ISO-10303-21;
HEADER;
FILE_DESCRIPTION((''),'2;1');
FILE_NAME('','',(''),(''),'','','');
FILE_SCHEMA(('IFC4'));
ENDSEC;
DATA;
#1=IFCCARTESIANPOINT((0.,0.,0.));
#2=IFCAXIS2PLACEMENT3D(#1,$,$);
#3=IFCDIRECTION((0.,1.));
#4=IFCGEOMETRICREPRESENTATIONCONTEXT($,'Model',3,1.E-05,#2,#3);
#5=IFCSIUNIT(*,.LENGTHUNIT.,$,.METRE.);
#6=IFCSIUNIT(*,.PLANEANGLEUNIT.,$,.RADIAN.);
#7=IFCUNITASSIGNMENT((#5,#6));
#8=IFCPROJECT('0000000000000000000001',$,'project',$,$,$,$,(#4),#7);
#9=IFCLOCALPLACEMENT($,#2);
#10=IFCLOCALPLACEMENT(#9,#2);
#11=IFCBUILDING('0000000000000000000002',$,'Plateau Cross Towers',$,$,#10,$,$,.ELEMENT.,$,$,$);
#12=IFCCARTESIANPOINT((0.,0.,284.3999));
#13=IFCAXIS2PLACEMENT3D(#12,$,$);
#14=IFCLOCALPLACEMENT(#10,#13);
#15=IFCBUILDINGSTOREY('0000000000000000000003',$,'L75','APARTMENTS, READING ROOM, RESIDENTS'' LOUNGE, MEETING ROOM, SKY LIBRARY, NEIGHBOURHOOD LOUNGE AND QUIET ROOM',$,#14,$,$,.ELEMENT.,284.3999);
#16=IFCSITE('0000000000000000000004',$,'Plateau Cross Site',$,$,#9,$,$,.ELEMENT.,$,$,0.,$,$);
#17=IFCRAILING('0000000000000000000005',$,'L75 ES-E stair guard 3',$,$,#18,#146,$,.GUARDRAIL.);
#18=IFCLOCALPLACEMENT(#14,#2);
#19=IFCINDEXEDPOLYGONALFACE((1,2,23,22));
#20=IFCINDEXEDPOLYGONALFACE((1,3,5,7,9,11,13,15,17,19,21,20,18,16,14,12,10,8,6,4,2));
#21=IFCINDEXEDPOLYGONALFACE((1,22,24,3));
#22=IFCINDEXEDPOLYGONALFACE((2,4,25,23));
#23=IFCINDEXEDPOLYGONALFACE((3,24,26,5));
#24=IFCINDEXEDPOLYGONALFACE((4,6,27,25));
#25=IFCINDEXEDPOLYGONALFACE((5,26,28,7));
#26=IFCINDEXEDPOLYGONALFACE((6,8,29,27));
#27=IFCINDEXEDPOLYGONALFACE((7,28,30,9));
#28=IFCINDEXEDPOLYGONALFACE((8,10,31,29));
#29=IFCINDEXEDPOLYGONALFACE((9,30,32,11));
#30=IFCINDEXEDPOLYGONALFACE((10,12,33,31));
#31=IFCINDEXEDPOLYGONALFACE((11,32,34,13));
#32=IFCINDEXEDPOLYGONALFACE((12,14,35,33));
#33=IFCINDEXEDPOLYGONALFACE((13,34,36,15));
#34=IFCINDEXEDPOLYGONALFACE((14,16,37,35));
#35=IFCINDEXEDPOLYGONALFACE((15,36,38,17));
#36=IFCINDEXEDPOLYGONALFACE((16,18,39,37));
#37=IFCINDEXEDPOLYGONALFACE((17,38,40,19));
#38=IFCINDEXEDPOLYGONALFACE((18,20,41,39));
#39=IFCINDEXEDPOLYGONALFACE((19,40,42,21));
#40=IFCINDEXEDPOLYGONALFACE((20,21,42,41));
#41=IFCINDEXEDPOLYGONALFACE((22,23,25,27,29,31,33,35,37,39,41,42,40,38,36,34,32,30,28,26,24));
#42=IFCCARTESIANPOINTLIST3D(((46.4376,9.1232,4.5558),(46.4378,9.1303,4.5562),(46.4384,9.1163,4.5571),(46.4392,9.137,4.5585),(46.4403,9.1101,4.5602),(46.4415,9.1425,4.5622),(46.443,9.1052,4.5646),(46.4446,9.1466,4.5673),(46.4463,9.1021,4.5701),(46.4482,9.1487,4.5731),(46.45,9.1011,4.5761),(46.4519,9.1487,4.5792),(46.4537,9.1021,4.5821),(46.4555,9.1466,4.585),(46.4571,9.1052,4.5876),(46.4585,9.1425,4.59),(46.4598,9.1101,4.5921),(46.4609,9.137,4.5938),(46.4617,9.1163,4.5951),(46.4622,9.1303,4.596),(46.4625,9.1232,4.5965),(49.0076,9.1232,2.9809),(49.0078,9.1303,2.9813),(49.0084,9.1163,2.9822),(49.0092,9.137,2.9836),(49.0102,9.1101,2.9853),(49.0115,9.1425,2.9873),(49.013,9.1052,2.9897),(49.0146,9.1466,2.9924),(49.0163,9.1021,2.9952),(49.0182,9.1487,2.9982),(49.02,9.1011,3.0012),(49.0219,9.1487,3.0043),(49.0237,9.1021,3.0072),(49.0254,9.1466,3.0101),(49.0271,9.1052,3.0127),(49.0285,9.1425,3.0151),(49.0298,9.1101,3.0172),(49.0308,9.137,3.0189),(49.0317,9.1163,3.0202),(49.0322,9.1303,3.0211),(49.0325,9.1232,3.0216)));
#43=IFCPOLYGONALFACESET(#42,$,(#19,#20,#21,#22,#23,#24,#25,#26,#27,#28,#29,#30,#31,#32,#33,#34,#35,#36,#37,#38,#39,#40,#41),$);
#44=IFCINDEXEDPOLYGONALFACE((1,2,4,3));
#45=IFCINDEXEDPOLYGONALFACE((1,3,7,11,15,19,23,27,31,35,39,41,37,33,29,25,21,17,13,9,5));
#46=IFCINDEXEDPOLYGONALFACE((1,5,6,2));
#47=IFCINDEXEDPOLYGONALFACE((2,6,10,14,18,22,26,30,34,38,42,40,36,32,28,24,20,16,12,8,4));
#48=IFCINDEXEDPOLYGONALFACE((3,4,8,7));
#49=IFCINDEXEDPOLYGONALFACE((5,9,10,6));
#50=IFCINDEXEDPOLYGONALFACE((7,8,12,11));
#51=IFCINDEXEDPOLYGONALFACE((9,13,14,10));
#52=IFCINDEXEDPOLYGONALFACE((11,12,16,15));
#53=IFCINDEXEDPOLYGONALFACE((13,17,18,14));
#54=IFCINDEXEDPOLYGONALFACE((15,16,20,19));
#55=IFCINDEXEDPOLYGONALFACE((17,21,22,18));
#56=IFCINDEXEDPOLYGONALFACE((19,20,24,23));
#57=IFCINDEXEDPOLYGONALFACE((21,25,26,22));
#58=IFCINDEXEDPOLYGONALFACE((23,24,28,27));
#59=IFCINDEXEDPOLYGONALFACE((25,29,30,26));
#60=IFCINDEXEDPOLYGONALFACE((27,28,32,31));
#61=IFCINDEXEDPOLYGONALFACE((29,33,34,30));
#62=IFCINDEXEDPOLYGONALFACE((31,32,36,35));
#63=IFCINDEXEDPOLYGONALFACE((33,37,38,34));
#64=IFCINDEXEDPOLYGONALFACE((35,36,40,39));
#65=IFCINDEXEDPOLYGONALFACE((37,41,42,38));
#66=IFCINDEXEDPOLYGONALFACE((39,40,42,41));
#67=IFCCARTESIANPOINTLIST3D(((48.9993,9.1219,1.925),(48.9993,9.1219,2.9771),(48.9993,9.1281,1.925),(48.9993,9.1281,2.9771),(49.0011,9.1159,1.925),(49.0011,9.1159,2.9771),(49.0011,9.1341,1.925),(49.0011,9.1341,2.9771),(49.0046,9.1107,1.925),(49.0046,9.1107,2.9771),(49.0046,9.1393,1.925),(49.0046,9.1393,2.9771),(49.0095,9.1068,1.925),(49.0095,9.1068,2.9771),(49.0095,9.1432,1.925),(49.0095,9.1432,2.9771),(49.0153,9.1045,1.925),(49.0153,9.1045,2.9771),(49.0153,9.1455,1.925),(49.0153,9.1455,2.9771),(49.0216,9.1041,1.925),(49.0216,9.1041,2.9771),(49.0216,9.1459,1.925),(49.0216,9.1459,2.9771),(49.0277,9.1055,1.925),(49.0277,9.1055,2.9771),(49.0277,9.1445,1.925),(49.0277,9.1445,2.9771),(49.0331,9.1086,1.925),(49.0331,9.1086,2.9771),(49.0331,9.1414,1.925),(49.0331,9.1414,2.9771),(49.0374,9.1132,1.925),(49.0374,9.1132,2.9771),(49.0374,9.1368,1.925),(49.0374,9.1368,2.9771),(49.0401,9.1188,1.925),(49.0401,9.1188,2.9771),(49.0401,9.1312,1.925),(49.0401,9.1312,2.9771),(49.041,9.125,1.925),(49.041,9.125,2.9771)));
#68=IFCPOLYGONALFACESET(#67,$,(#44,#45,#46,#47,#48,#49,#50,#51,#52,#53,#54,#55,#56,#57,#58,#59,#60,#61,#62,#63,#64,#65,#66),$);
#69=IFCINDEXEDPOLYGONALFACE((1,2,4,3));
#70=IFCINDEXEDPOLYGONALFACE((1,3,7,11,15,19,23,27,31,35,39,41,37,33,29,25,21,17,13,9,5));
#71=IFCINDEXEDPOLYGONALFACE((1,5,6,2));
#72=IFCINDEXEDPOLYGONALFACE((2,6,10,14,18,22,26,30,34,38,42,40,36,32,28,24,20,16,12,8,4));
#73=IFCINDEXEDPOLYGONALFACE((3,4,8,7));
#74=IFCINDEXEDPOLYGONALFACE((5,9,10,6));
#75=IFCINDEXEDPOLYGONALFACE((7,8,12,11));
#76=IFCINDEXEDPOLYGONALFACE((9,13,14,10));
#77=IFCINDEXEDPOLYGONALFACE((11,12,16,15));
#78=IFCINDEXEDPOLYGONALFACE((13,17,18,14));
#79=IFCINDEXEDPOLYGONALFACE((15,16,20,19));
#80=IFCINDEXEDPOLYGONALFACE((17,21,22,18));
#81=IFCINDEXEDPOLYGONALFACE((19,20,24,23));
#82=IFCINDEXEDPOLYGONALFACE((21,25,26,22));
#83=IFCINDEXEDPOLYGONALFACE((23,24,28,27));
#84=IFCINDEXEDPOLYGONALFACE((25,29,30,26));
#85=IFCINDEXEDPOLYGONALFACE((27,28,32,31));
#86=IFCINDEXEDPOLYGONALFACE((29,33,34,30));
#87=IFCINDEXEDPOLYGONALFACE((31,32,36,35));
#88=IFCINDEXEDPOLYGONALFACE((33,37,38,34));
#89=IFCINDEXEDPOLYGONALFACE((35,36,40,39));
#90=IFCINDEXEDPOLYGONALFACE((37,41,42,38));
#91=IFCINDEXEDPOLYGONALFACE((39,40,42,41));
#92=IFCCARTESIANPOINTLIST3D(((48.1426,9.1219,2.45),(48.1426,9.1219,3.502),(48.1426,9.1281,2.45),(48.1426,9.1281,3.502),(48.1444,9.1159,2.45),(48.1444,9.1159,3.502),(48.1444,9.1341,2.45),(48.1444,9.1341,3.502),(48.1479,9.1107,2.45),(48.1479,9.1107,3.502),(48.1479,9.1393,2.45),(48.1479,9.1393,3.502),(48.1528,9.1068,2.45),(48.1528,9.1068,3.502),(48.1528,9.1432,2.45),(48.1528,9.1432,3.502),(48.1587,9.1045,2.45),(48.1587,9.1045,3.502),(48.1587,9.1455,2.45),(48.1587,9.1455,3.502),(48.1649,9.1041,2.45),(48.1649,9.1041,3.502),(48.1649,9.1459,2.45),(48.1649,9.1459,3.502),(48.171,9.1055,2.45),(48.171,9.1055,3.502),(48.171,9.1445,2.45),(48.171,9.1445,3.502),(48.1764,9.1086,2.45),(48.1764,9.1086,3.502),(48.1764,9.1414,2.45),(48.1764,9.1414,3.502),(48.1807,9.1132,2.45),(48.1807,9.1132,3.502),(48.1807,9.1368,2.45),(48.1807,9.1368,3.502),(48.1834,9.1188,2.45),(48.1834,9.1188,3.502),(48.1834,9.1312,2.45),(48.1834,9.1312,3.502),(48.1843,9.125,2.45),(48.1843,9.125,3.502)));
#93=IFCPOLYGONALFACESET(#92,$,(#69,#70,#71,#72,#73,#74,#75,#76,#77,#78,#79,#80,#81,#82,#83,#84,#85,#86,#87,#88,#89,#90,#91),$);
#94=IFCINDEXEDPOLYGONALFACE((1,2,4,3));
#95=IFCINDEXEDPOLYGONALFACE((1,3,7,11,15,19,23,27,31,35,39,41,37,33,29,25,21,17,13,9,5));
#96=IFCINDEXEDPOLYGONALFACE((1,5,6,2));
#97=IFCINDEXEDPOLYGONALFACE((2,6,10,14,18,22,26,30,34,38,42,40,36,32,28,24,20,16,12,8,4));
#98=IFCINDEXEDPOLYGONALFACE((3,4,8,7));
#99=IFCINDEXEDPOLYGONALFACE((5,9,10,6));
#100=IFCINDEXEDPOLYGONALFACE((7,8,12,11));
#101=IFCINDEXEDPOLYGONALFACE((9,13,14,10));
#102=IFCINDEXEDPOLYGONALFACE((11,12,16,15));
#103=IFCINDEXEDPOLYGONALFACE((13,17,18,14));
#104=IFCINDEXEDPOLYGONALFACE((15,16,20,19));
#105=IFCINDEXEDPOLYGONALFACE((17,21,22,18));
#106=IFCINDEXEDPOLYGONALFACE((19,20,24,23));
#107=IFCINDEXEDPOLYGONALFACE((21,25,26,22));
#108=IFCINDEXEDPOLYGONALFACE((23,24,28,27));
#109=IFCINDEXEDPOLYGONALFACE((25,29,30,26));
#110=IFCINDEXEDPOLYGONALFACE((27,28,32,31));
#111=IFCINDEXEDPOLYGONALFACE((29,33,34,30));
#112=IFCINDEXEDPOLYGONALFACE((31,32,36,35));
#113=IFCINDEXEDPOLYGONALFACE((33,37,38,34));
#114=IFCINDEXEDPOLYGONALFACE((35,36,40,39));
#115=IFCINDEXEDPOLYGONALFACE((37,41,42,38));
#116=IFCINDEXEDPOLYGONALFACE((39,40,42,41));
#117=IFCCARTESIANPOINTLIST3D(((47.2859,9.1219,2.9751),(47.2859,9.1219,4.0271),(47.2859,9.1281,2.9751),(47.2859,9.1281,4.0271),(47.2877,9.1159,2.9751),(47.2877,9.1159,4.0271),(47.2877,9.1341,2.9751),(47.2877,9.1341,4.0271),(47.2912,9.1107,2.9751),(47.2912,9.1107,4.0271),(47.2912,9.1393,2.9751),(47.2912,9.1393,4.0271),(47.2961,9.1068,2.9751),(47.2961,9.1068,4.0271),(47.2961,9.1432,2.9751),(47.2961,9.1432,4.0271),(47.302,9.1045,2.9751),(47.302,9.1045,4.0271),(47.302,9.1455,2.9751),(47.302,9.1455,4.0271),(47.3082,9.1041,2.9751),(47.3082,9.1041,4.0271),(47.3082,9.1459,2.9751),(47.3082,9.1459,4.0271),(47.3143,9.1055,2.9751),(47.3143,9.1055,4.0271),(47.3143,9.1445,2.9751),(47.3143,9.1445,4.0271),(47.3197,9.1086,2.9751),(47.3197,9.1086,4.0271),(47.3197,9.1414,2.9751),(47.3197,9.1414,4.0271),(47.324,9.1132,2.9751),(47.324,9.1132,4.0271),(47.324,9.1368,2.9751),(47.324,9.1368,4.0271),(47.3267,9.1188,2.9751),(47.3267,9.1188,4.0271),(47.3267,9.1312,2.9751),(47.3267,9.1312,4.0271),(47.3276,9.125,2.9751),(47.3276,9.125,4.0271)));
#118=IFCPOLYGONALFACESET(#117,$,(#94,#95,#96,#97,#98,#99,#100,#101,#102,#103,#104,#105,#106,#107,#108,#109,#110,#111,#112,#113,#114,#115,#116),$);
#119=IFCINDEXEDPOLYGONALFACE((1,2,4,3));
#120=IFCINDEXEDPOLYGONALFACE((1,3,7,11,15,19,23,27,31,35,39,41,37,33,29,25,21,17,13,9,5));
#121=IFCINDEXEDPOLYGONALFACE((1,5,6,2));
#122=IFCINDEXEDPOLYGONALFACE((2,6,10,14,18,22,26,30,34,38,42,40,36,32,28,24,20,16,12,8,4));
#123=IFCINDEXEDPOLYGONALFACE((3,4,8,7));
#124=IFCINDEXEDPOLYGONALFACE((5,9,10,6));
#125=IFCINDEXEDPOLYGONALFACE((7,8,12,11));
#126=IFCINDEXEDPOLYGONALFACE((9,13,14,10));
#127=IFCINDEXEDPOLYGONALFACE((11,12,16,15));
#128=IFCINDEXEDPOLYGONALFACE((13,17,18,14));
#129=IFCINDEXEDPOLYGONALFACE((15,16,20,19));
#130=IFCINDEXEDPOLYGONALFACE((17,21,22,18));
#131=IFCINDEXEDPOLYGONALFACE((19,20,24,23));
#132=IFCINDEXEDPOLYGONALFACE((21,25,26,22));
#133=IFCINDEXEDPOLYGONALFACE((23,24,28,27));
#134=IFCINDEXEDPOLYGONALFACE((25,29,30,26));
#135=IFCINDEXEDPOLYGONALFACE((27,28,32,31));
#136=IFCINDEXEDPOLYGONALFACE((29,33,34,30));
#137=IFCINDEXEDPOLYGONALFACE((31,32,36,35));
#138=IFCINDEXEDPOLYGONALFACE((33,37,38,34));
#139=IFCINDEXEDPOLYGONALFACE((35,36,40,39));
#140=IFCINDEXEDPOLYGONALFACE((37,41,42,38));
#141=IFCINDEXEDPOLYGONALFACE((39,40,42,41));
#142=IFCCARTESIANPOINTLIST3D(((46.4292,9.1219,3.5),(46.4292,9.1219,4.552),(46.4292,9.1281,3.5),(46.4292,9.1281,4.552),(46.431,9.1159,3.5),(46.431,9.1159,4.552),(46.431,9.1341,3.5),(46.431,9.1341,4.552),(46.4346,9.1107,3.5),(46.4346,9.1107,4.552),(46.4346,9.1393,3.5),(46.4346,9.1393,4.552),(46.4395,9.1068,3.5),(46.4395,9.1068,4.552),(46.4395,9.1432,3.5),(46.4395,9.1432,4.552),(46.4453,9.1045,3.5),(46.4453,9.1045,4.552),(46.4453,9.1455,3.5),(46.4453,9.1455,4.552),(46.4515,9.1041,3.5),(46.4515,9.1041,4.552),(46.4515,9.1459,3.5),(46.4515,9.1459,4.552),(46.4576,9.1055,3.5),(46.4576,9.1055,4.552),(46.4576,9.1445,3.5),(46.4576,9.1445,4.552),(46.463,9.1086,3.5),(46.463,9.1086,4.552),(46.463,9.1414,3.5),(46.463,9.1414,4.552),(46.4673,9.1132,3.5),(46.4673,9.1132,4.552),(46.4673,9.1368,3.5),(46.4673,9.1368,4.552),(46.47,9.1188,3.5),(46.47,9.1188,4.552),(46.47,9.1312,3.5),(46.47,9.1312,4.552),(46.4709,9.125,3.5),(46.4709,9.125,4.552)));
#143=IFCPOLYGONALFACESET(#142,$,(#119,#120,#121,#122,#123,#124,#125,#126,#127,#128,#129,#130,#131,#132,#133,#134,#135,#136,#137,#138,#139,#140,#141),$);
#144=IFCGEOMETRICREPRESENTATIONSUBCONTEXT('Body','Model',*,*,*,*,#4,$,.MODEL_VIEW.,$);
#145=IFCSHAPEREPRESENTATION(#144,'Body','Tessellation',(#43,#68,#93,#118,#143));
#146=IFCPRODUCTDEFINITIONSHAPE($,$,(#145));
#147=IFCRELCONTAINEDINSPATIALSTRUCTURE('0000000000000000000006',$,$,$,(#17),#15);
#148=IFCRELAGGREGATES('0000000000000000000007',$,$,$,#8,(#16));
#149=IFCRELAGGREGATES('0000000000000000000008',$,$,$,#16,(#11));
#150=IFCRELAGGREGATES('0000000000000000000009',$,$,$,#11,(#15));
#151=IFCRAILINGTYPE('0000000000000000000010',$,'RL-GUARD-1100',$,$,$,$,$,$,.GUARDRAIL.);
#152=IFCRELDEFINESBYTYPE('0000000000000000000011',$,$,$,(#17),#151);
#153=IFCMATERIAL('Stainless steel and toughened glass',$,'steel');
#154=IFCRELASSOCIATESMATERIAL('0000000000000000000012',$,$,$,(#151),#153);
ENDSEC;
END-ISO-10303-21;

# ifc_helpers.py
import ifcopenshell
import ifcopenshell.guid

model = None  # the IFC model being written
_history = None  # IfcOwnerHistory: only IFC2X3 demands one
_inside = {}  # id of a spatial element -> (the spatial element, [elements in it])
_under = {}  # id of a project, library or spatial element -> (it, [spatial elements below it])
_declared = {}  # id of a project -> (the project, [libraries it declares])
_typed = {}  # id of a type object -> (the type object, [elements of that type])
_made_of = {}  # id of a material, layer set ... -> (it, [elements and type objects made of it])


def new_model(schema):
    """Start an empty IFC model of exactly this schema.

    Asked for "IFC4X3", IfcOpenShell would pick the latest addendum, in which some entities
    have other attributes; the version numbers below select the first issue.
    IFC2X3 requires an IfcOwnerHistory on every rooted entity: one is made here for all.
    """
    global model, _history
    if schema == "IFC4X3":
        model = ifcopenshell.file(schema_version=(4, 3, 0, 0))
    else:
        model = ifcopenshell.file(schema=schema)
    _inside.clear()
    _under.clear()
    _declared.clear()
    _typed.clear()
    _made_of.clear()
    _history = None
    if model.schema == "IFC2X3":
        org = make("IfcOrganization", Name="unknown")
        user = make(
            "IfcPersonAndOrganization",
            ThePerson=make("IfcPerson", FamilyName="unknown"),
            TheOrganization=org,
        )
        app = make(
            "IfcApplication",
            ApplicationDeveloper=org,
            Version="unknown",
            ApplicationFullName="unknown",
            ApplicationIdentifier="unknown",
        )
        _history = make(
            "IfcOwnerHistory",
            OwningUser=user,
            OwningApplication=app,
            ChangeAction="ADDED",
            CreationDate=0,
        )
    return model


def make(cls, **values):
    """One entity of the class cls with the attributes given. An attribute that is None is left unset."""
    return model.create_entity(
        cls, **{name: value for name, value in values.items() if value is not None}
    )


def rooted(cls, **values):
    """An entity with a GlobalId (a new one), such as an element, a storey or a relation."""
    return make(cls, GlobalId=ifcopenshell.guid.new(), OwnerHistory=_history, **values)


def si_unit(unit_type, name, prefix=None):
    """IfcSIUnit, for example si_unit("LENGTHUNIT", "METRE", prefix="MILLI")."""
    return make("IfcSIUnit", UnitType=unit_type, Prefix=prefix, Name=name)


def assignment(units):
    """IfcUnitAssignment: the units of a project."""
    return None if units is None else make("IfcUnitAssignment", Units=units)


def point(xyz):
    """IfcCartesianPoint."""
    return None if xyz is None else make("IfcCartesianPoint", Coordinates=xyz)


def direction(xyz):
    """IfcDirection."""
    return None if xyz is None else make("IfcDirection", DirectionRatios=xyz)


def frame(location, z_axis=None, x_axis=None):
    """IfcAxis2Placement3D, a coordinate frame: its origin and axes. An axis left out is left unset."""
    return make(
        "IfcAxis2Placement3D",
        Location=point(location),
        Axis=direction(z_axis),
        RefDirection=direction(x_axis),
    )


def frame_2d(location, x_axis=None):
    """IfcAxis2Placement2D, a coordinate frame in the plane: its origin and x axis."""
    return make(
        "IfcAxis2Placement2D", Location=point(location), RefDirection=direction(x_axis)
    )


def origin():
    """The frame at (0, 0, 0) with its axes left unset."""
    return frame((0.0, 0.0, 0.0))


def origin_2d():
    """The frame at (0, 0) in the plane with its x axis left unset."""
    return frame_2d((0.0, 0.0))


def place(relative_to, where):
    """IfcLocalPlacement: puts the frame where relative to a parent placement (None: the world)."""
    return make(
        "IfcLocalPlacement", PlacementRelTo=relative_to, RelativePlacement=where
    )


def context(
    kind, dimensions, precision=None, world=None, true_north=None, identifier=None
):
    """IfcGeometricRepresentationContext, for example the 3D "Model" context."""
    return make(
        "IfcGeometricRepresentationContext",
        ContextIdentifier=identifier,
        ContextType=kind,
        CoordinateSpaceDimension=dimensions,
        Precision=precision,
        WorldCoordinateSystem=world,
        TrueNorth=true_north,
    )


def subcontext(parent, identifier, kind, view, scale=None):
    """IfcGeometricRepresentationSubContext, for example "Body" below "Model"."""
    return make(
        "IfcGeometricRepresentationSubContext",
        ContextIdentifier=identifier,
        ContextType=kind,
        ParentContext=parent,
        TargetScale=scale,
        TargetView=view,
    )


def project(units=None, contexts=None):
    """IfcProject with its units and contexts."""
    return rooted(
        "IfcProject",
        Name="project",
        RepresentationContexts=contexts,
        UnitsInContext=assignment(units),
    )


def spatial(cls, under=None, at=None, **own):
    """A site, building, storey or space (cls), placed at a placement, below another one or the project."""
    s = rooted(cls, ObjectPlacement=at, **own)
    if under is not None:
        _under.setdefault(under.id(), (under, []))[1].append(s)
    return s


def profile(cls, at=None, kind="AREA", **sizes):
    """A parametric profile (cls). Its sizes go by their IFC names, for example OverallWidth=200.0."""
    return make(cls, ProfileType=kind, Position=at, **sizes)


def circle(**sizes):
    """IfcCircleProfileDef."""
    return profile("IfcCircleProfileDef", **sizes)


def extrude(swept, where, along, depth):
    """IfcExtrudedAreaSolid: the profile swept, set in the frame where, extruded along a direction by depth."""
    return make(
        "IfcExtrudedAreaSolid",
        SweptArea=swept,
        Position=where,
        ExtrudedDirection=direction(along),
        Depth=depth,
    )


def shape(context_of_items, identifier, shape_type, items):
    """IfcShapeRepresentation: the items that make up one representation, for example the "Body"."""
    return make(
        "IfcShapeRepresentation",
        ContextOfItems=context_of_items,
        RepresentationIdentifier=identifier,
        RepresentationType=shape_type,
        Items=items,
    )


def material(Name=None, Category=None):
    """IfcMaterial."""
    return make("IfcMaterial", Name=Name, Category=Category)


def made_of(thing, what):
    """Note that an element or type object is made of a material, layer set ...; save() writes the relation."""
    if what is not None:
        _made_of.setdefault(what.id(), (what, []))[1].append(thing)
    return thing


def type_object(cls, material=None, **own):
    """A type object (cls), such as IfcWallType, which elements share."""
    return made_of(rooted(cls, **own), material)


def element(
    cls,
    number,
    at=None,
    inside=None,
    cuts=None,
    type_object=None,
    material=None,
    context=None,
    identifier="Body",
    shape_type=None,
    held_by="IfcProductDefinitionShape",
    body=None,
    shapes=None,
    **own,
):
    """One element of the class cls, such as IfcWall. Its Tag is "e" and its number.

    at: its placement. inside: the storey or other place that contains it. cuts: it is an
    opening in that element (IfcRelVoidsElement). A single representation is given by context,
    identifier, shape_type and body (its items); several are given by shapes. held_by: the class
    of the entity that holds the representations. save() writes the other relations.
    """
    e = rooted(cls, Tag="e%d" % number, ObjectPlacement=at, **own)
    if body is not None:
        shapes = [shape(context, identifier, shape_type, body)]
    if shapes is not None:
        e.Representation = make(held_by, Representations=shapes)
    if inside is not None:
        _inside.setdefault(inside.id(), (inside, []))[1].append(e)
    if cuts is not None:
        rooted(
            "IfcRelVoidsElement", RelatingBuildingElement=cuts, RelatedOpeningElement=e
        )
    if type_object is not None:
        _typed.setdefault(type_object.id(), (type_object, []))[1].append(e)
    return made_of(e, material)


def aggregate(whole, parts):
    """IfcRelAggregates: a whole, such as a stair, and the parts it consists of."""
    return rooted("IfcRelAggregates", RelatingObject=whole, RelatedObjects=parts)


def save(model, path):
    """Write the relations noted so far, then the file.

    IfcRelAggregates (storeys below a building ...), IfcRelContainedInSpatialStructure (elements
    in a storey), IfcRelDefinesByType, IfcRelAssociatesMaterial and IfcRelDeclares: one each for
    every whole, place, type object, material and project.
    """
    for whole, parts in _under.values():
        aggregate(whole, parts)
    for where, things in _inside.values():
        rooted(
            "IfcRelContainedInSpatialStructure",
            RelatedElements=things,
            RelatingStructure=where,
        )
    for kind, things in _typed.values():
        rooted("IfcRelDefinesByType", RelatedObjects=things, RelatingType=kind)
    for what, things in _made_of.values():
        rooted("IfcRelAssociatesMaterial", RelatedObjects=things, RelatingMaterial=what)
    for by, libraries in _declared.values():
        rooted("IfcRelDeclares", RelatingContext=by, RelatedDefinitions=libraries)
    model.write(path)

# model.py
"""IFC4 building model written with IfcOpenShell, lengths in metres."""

from ifc_helpers import new_model, si_unit, direction, frame, origin, origin_2d, place, context, subcontext, project, spatial, circle, extrude, material, type_object, element, save


model = new_model("IFC4")

# Units and contexts
model_context = context("Model", 3, precision=1e-05, world=origin(), true_north=direction((0.0, 1.0)))
body_context = subcontext(model_context, "Body", "Model", "MODEL_VIEW")
ifc_project = project(units=[si_unit("LENGTHUNIT", "METRE"), si_unit("PLANEANGLEUNIT", "RADIAN")], contexts=[model_context])

# Site, building, storey
site_placement = place(None, origin())
site = spatial("IfcSite", under=ifc_project, at=site_placement, Name="Plateau Cross Site", CompositionType="ELEMENT", RefElevation=0.0)
building_placement = place(site_placement, origin())
building = spatial("IfcBuilding", under=site, at=building_placement, Name="Plateau Cross Towers", CompositionType="ELEMENT")
storey_placement = place(building_placement, frame((0.0, 0.0, 284.3999)))
storey = spatial("IfcBuildingStorey", under=building, at=storey_placement, Name="L75", Description="APARTMENTS, READING ROOM, RESIDENTS' LOUNGE, MEETING ROOM, SKY LIBRARY, NEIGHBOURHOOD LOUNGE AND QUIET ROOM", CompositionType="ELEMENT", Elevation=284.3999)

# Railing
ifc_material_1 = material(Name="Stainless steel and toughened glass", Category="steel")
railing_type_1 = type_object("IfcRailingType", Name="RL-GUARD-1100", PredefinedType="GUARDRAIL", material=ifc_material_1)
railing_1_placement = place(storey_placement, frame((49.02, 9.125, 1.925)))
element("IfcRailing", 1, at=railing_1_placement, inside=storey, type_object=railing_type_1, Name="L75 ES-E stair guard 3", PredefinedType="GUARDRAIL", context=body_context, shape_type="SweptSolid", body=[
    extrude(circle(Radius=0.0239, at=origin_2d()), frame((0.0, 0.0, 1.0762), z_axis=(-0.852639, 0.0, 0.522501), x_axis=(0.0, -1.0, 0.0)), (0.0, 0.0, 1.0), 3.0142),
    extrude(circle(Radius=0.021, at=origin_2d()), origin(), (0.0, 0.0, 1.0), 1.052),
    extrude(circle(Radius=0.021, at=origin_2d()), frame((-0.8567, 0.0, 0.5249)), (0.0, 0.0, 1.0), 1.052),
    extrude(circle(Radius=0.021, at=origin_2d()), frame((-1.7134, 0.0, 1.05)), (0.0, 0.0, 1.0), 1.052),
    extrude(circle(Radius=0.021, at=origin_2d()), frame((-2.5701, 0.0, 1.575)), (0.0, 0.0, 1.0), 1.052),
])

save(model, "model.ifc")
